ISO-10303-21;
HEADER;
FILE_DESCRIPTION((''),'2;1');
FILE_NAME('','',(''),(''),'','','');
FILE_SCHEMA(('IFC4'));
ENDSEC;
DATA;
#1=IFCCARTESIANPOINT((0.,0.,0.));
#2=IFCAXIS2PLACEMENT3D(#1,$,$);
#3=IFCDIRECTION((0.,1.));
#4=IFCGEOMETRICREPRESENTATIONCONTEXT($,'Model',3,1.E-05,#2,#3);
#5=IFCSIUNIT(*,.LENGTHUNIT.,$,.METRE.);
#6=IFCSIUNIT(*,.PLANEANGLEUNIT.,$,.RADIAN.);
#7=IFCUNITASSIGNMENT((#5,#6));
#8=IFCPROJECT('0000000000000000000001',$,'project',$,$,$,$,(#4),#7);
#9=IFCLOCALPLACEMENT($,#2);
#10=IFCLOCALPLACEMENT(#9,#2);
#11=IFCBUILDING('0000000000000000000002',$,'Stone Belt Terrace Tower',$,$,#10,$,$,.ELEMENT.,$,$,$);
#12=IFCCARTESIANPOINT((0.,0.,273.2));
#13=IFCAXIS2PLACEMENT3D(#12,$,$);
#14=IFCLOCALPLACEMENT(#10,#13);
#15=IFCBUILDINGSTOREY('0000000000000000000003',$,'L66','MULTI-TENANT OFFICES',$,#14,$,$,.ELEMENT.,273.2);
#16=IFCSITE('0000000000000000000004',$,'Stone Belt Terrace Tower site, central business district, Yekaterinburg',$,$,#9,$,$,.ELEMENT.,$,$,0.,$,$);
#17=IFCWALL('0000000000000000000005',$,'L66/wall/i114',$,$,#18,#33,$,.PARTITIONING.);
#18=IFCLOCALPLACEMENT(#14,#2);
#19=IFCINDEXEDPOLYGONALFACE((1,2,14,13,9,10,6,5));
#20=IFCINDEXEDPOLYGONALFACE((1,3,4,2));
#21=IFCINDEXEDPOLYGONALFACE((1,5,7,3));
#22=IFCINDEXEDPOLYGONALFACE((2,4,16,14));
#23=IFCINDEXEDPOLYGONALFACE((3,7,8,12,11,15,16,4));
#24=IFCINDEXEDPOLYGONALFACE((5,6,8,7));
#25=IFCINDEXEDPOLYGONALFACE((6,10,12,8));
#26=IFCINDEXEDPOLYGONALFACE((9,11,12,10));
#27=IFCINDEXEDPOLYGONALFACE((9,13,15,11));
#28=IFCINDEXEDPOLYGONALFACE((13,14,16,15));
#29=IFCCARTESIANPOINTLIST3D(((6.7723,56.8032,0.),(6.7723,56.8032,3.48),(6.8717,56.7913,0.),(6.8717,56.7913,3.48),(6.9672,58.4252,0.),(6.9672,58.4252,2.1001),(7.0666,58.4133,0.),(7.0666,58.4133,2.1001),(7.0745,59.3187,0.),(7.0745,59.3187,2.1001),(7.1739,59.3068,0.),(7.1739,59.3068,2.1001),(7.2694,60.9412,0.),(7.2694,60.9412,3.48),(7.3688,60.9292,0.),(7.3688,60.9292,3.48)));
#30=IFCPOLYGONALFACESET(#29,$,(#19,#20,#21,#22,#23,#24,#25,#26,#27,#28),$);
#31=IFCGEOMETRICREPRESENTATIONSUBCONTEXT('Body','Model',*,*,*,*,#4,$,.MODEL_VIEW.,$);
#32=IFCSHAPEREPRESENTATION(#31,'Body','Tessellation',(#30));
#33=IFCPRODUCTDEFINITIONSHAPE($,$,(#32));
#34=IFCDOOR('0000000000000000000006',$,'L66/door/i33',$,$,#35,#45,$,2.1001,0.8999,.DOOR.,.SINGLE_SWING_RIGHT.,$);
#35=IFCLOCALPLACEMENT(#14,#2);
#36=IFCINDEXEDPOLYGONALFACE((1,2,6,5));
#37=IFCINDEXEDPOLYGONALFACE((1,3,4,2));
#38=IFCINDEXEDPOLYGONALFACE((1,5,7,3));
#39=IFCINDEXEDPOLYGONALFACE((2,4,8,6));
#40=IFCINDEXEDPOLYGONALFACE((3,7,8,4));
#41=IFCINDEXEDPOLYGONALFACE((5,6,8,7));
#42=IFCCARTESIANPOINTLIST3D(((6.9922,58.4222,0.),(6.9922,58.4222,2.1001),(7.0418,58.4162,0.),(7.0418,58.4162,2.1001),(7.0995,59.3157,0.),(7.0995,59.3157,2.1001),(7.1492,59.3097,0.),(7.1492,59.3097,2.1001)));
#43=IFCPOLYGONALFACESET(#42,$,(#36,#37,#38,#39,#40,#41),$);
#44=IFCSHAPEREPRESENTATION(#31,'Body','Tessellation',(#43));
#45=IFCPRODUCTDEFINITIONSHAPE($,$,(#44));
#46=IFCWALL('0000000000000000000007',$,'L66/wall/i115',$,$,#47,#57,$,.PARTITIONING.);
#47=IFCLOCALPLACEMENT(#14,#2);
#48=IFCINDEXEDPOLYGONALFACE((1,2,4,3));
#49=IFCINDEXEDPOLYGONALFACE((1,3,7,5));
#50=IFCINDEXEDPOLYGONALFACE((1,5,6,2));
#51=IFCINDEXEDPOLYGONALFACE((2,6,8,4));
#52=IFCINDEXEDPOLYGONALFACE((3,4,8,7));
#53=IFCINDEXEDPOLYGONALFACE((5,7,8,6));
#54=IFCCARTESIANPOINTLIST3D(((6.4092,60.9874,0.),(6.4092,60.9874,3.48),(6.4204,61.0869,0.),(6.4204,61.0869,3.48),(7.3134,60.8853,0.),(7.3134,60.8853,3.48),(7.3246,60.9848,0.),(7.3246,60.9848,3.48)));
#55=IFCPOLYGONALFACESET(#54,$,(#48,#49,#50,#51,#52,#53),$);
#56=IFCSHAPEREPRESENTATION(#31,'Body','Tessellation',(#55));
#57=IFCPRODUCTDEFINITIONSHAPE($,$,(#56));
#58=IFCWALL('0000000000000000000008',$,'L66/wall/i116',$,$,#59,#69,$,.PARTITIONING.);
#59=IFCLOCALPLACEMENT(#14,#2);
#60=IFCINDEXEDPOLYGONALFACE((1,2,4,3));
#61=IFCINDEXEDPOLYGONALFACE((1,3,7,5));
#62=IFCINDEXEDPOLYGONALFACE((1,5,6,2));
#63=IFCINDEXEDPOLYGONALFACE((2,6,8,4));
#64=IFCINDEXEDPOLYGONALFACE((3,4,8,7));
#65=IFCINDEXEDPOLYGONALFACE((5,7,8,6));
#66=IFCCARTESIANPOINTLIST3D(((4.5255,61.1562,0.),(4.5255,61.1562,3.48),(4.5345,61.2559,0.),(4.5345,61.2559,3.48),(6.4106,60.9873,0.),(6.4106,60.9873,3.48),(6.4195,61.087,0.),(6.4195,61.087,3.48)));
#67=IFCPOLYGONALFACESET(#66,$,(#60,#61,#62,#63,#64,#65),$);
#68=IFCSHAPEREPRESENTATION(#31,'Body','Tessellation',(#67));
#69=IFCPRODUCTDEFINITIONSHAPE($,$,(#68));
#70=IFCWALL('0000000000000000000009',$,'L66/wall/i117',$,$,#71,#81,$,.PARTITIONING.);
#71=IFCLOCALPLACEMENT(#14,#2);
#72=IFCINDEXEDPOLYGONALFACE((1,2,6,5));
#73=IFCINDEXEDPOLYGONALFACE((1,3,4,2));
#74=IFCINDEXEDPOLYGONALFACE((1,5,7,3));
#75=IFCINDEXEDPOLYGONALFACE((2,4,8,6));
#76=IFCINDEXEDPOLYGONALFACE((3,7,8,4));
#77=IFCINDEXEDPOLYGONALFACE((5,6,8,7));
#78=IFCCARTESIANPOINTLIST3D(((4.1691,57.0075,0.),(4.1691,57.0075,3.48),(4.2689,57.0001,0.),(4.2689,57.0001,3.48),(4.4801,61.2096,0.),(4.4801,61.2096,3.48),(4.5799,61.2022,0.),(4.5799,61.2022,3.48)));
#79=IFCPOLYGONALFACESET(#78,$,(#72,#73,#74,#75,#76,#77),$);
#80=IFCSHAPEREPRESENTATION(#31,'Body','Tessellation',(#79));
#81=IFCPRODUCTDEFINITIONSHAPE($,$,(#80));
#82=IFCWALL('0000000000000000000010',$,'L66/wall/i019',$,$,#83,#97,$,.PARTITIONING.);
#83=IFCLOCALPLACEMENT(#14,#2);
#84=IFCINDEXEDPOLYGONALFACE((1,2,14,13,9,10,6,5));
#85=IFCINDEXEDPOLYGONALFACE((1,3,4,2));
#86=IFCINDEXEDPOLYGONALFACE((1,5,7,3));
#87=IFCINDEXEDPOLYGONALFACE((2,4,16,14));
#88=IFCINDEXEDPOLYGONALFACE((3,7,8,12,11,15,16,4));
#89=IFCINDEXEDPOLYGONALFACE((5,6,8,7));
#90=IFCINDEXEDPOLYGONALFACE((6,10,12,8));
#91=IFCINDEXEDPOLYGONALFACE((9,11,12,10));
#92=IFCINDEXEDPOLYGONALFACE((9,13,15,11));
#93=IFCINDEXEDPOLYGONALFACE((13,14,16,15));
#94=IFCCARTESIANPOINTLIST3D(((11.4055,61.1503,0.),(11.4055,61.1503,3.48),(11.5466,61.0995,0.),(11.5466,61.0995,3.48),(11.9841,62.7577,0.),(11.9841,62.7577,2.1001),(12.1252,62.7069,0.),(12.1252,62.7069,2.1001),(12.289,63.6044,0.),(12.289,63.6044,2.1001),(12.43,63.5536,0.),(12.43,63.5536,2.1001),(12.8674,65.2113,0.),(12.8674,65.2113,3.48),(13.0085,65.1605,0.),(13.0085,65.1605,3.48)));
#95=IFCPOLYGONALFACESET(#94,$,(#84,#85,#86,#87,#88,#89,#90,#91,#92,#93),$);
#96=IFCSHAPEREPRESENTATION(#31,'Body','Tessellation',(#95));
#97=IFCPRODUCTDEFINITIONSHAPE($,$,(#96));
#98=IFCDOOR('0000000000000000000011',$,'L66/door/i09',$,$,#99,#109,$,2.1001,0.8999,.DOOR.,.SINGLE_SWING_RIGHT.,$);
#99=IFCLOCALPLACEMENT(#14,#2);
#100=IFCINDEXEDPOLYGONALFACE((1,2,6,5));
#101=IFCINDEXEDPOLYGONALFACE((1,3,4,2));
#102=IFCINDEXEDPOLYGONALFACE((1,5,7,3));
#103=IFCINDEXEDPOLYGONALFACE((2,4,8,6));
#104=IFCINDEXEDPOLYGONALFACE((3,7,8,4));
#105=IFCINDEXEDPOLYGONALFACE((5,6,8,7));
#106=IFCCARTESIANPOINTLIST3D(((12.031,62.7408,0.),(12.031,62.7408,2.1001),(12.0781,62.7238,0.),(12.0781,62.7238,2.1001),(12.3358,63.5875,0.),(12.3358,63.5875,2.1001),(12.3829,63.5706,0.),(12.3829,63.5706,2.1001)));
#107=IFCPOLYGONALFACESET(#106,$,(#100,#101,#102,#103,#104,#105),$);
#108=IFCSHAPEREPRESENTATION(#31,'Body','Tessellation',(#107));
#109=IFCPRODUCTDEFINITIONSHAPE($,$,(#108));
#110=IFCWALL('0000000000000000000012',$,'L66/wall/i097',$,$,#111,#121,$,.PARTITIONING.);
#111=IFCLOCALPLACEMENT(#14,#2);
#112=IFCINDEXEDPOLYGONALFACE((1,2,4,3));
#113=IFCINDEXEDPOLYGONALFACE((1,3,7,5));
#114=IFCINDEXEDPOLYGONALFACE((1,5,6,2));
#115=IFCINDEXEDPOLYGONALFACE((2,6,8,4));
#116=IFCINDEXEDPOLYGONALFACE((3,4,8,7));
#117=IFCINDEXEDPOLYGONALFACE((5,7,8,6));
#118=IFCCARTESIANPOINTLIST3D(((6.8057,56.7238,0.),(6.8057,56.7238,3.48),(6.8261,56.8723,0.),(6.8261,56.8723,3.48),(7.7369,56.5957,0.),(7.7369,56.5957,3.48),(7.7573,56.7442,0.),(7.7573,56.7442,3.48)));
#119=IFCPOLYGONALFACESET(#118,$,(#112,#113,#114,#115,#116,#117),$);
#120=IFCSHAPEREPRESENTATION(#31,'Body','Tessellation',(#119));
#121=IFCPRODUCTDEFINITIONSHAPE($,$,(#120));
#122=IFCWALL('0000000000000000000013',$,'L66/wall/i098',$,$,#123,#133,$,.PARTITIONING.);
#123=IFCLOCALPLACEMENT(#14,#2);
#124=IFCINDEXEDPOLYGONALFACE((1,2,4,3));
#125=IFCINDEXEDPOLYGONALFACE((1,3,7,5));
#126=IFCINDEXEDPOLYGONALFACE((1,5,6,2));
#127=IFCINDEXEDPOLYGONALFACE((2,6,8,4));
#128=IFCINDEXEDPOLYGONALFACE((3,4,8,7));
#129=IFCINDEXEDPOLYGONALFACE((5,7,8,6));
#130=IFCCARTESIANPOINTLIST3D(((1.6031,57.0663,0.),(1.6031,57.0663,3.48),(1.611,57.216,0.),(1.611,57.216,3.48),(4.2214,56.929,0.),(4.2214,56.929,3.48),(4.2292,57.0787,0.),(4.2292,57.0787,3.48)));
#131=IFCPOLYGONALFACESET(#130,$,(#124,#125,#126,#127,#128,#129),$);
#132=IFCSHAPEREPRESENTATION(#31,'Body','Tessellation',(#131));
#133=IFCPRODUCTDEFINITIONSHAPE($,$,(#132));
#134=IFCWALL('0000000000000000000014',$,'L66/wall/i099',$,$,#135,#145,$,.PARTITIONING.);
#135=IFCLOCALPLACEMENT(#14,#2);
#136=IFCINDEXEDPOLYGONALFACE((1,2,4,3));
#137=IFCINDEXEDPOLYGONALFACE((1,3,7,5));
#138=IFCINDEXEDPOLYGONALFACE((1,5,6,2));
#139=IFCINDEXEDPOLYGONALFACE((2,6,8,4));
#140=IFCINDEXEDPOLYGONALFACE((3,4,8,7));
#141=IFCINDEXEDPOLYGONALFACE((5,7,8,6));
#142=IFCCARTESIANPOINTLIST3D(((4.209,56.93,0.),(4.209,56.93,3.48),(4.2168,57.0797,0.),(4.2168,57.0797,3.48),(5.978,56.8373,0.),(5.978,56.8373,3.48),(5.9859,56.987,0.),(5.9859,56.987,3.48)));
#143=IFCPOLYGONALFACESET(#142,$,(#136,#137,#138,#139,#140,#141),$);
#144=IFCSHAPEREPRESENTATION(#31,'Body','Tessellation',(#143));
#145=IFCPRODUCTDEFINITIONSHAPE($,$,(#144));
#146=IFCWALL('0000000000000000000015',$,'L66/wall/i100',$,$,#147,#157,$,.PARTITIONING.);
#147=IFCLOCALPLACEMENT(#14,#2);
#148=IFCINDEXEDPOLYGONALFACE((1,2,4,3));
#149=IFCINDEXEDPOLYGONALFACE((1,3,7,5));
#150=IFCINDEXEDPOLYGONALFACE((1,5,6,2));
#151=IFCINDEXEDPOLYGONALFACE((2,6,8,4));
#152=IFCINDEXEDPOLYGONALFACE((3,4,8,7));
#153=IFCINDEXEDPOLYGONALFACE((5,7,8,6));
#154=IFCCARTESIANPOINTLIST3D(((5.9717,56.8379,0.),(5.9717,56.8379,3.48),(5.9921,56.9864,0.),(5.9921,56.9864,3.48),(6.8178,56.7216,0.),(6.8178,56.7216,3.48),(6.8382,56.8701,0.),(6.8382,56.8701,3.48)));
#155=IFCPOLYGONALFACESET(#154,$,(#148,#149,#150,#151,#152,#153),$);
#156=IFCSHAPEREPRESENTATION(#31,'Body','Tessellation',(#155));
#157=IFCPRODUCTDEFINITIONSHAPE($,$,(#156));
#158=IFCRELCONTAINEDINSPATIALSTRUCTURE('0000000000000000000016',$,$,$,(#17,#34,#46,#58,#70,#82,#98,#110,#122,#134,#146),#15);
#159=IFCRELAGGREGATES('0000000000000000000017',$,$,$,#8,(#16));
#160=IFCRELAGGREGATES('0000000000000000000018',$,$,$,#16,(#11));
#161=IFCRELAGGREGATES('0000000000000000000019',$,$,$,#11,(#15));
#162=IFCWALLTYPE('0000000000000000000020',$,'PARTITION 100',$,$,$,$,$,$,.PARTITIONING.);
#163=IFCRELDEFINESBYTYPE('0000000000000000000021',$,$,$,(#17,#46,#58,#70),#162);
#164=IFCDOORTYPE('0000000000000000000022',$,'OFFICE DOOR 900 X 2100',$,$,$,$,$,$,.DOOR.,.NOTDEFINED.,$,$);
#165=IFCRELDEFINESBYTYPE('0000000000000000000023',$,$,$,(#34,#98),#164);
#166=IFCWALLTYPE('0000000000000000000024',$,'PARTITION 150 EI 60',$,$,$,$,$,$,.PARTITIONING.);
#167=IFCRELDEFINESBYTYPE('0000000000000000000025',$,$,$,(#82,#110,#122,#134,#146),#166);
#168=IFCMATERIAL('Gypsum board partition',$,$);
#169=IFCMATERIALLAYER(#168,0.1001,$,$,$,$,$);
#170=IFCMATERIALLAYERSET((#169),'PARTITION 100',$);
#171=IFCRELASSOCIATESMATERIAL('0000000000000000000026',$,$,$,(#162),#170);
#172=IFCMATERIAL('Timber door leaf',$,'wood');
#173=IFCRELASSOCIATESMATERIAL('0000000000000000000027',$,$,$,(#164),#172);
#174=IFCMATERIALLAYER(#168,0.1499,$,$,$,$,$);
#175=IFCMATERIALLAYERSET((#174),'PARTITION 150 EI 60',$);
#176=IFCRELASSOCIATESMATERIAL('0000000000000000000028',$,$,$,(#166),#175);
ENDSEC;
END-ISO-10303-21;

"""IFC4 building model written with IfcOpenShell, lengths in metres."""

from ifc_helpers import new_model, si_unit, direction, frame, frame_2d, origin, place, context, subcontext, project, spatial, rectangle, extrude, material, layer, layer_set, type_object, element, fill, save


model = new_model("IFC4")

# Units and contexts
model_context = context("Model", 3, precision=1e-05, world=origin(), true_north=direction((0.0, 1.0)))
body_context = subcontext(model_context, "Body", "Model", "MODEL_VIEW")
ifc_project = project(units=[si_unit("LENGTHUNIT", "METRE"), si_unit("PLANEANGLEUNIT", "RADIAN")], contexts=[model_context])

# Site, building, storey
site_placement = place(None, origin())
site = spatial("IfcSite", under=ifc_project, at=site_placement, Name="Stone Belt Terrace Tower site, central business district, Yekaterinburg", CompositionType="ELEMENT", RefElevation=0.0)
building_placement = place(site_placement, origin())
building = spatial("IfcBuilding", under=site, at=building_placement, Name="Stone Belt Terrace Tower", CompositionType="ELEMENT")
storey_placement = place(building_placement, frame((0.0, 0.0, 273.2)))
storey = spatial("IfcBuildingStorey", under=building, at=storey_placement, Name="L66", Description="MULTI-TENANT OFFICES", CompositionType="ELEMENT", Elevation=273.2)

# Shared definitions
ifc_material_1 = material(Name="Gypsum board partition")
ifc_layer_1 = layer(ifc_material_1, 0.1001)
ifc_layer_set_1 = layer_set([ifc_layer_1], Name="PARTITION 100")
wall_type_1 = type_object("IfcWallType", Name="PARTITION 100", PredefinedType="PARTITIONING", material=ifc_layer_set_1)

# Wall, opening, door
ifc_material_2 = material(Name="Timber door leaf", Category="wood")
door_type = type_object("IfcDoorType", Name="OFFICE DOOR 900 X 2100", OperationType="NOTDEFINED", PredefinedType="DOOR", material=ifc_material_2)
wall_1_placement = place(storey_placement, frame((6.822, 56.7971, 0.0), z_axis=(0.0, 0.0, 1.0), x_axis=(0.119268, 0.992862, 0.0)))
wall_1 = element("IfcWall", 1, at=wall_1_placement, inside=storey, type_object=wall_type_1, Name="L66/wall/i114", PredefinedType="PARTITIONING", context=body_context, shape_type="SweptSolid", body=[
    extrude(rectangle(XDim=4.1677, YDim=0.1001, at=frame_2d((2.084, 0.0))), origin(), (0.0, 0.0, 1.0), 3.48),
])
opening_1_placement = place(wall_1_placement, frame((1.6338, 0.0, 0.0)))
opening_1 = element("IfcOpeningElement", 2, at=opening_1_placement, cuts=wall_1, PredefinedType="OPENING", context=body_context, shape_type="SweptSolid", body=[
    extrude(rectangle(XDim=0.8999, YDim=2.1001, at=frame_2d((0.45, 1.05))), frame((0.0, 0.0601, 0.0), z_axis=(0.0, -1.0, 0.0), x_axis=(1.0, 0.0, 0.0)), (0.0, 0.0, 1.0), 0.1201),
])
door_1_placement = place(opening_1_placement, origin())
door_1 = element("IfcDoor", 3, at=door_1_placement, inside=storey, type_object=door_type, Name="L66/door/i33", OperationType="SINGLE_SWING_RIGHT", OverallHeight=2.1001, OverallWidth=0.8999, PredefinedType="DOOR", context=body_context, shape_type="SweptSolid", body=[
    extrude(rectangle(XDim=0.8999, YDim=2.1001, at=frame_2d((0.45, 1.05))), frame((0.0, 0.0249, 0.0), z_axis=(0.0, -1.0, 0.0), x_axis=(1.0, 0.0, 0.0)), (0.0, 0.0, 1.0), 0.05),
])
fill(opening_1, door_1)

# Walls
wall_2_placement = place(storey_placement, frame((7.3191, 60.9351, 0.0), z_axis=(0.0, 0.0, 1.0), x_axis=(-0.993689, 0.112169, 0.0)))
element("IfcWall", 4, at=wall_2_placement, inside=storey, type_object=wall_type_1, Name="L66/wall/i115", PredefinedType="PARTITIONING", context=body_context, shape_type="SweptSolid", body=[
    extrude(rectangle(XDim=0.9099, YDim=0.1001, at=frame_2d((0.4551, 0.0))), origin(), (0.0, 0.0, 1.0), 3.48),
])
wall_3_placement = place(storey_placement, frame((6.415, 61.0371, 0.0), z_axis=(0.0, 0.0, 1.0), x_axis=(-0.996008, 0.089268, 0.0)))
element("IfcWall", 5, at=wall_3_placement, inside=storey, type_object=wall_type_1, Name="L66/wall/i116", PredefinedType="PARTITIONING", context=body_context, shape_type="SweptSolid", body=[
    extrude(rectangle(XDim=1.8926, YDim=0.1001, at=frame_2d((0.9463, 0.0))), origin(), (0.0, 0.0, 1.0), 3.48),
])
wall_4_placement = place(storey_placement, frame((4.53, 61.2061, 0.0), z_axis=(0.0, 0.0, 1.0), x_axis=(-0.073816, -0.997272, 0.0)))
element("IfcWall", 6, at=wall_4_placement, inside=storey, type_object=wall_type_1, Name="L66/wall/i117", PredefinedType="PARTITIONING", context=body_context, shape_type="SweptSolid", body=[
    extrude(rectangle(XDim=4.2136, YDim=0.1001, at=frame_2d((2.1069, 0.0))), origin(), (0.0, 0.0, 1.0), 3.48),
])

# Wall, opening, door
ifc_layer_2 = layer(ifc_material_1, 0.1499)
ifc_layer_set_2 = layer_set([ifc_layer_2], Name="PARTITION 150 EI 60")
wall_type_2 = type_object("IfcWallType", Name="PARTITION 150 EI 60", PredefinedType="PARTITIONING", material=ifc_layer_set_2)
wall_5_placement = place(storey_placement, frame((12.938, 65.186, 0.0), z_axis=(0.0, 0.0, 1.0), x_axis=(-0.338707, -0.940892, 0.0)))
wall_5 = element("IfcWall", 7, at=wall_5_placement, inside=storey, type_object=wall_type_2, Name="L66/wall/i019", PredefinedType="PARTITIONING", context=body_context, shape_type="SweptSolid", body=[
    extrude(rectangle(XDim=4.3162, YDim=0.1499, at=frame_2d((2.1582, 0.0))), origin(), (0.0, 0.0, 1.0), 3.48),
])
opening_2_placement = place(wall_5_placement, frame((1.708, 0.0, 0.0)))
opening_2 = element("IfcOpeningElement", 8, at=opening_2_placement, cuts=wall_5, PredefinedType="OPENING", context=body_context, shape_type="SweptSolid", body=[
    extrude(rectangle(XDim=0.8999, YDim=2.1001, at=frame_2d((0.45, 1.05))), frame((0.0, 0.085, 0.0), z_axis=(0.0, -1.0, 0.0), x_axis=(1.0, 0.0, 0.0)), (0.0, 0.0, 1.0), 0.1699),
])
door_2_placement = place(opening_2_placement, origin())
door_2 = element("IfcDoor", 9, at=door_2_placement, inside=storey, type_object=door_type, Name="L66/door/i09", OperationType="SINGLE_SWING_RIGHT", OverallHeight=2.1001, OverallWidth=0.8999, PredefinedType="DOOR", context=body_context, shape_type="SweptSolid", body=[
    extrude(rectangle(XDim=0.8999, YDim=2.1001, at=frame_2d((0.45, 1.05))), frame((0.0, 0.0249, 0.0), z_axis=(0.0, -1.0, 0.0), x_axis=(1.0, 0.0, 0.0)), (0.0, 0.0, 1.0), 0.05),
])
fill(opening_2, door_2)

# Walls
wall_6_placement = place(storey_placement, frame((6.8159, 56.7981, 0.0), z_axis=(0.0, 0.0, 1.0), x_axis=(0.990659, -0.136365, 0.0)))
element("IfcWall", 10, at=wall_6_placement, inside=storey, type_object=wall_type_2, Name="L66/wall/i097", PredefinedType="PARTITIONING", context=body_context, shape_type="SweptSolid", body=[
    extrude(rectangle(XDim=0.9399, YDim=0.1499, at=frame_2d((0.47, 0.0))), origin(), (0.0, 0.0, 1.0), 3.48),
])
wall_7_placement = place(storey_placement, frame((1.6069, 57.1411, 0.0), z_axis=(0.0, 0.0, 1.0), x_axis=(0.99863, -0.052334, 0.0)))
element("IfcWall", 11, at=wall_7_placement, inside=storey, type_object=wall_type_2, Name="L66/wall/i098", PredefinedType="PARTITIONING", context=body_context, shape_type="SweptSolid", body=[
    extrude(rectangle(XDim=2.6218, YDim=0.1499, at=frame_2d((1.311, 0.0))), origin(), (0.0, 0.0, 1.0), 3.48),
])
wall_8_placement = place(storey_placement, frame((4.2129, 57.0049, 0.0), z_axis=(0.0, 0.0, 1.0), x_axis=(0.998628, -0.052371, 0.0)))
element("IfcWall", 12, at=wall_8_placement, inside=storey, type_object=wall_type_2, Name="L66/wall/i099", PredefinedType="PARTITIONING", context=body_context, shape_type="SweptSolid", body=[
    extrude(rectangle(XDim=1.7715, YDim=0.1499, at=frame_2d((0.8857, 0.0))), origin(), (0.0, 0.0, 1.0), 3.48),
])
wall_9_placement = place(storey_placement, frame((5.9819, 56.9121, 0.0), z_axis=(0.0, 0.0, 1.0), x_axis=(0.990696, -0.136096, 0.0)))
element("IfcWall", 13, at=wall_9_placement, inside=storey, type_object=wall_type_2, Name="L66/wall/i100", PredefinedType="PARTITIONING", context=body_context, shape_type="SweptSolid", body=[
    extrude(rectangle(XDim=0.854, YDim=0.1499, at=frame_2d((0.427, 0.0))), origin(), (0.0, 0.0, 1.0), 3.48),
])

save(model, "model.ifc")
